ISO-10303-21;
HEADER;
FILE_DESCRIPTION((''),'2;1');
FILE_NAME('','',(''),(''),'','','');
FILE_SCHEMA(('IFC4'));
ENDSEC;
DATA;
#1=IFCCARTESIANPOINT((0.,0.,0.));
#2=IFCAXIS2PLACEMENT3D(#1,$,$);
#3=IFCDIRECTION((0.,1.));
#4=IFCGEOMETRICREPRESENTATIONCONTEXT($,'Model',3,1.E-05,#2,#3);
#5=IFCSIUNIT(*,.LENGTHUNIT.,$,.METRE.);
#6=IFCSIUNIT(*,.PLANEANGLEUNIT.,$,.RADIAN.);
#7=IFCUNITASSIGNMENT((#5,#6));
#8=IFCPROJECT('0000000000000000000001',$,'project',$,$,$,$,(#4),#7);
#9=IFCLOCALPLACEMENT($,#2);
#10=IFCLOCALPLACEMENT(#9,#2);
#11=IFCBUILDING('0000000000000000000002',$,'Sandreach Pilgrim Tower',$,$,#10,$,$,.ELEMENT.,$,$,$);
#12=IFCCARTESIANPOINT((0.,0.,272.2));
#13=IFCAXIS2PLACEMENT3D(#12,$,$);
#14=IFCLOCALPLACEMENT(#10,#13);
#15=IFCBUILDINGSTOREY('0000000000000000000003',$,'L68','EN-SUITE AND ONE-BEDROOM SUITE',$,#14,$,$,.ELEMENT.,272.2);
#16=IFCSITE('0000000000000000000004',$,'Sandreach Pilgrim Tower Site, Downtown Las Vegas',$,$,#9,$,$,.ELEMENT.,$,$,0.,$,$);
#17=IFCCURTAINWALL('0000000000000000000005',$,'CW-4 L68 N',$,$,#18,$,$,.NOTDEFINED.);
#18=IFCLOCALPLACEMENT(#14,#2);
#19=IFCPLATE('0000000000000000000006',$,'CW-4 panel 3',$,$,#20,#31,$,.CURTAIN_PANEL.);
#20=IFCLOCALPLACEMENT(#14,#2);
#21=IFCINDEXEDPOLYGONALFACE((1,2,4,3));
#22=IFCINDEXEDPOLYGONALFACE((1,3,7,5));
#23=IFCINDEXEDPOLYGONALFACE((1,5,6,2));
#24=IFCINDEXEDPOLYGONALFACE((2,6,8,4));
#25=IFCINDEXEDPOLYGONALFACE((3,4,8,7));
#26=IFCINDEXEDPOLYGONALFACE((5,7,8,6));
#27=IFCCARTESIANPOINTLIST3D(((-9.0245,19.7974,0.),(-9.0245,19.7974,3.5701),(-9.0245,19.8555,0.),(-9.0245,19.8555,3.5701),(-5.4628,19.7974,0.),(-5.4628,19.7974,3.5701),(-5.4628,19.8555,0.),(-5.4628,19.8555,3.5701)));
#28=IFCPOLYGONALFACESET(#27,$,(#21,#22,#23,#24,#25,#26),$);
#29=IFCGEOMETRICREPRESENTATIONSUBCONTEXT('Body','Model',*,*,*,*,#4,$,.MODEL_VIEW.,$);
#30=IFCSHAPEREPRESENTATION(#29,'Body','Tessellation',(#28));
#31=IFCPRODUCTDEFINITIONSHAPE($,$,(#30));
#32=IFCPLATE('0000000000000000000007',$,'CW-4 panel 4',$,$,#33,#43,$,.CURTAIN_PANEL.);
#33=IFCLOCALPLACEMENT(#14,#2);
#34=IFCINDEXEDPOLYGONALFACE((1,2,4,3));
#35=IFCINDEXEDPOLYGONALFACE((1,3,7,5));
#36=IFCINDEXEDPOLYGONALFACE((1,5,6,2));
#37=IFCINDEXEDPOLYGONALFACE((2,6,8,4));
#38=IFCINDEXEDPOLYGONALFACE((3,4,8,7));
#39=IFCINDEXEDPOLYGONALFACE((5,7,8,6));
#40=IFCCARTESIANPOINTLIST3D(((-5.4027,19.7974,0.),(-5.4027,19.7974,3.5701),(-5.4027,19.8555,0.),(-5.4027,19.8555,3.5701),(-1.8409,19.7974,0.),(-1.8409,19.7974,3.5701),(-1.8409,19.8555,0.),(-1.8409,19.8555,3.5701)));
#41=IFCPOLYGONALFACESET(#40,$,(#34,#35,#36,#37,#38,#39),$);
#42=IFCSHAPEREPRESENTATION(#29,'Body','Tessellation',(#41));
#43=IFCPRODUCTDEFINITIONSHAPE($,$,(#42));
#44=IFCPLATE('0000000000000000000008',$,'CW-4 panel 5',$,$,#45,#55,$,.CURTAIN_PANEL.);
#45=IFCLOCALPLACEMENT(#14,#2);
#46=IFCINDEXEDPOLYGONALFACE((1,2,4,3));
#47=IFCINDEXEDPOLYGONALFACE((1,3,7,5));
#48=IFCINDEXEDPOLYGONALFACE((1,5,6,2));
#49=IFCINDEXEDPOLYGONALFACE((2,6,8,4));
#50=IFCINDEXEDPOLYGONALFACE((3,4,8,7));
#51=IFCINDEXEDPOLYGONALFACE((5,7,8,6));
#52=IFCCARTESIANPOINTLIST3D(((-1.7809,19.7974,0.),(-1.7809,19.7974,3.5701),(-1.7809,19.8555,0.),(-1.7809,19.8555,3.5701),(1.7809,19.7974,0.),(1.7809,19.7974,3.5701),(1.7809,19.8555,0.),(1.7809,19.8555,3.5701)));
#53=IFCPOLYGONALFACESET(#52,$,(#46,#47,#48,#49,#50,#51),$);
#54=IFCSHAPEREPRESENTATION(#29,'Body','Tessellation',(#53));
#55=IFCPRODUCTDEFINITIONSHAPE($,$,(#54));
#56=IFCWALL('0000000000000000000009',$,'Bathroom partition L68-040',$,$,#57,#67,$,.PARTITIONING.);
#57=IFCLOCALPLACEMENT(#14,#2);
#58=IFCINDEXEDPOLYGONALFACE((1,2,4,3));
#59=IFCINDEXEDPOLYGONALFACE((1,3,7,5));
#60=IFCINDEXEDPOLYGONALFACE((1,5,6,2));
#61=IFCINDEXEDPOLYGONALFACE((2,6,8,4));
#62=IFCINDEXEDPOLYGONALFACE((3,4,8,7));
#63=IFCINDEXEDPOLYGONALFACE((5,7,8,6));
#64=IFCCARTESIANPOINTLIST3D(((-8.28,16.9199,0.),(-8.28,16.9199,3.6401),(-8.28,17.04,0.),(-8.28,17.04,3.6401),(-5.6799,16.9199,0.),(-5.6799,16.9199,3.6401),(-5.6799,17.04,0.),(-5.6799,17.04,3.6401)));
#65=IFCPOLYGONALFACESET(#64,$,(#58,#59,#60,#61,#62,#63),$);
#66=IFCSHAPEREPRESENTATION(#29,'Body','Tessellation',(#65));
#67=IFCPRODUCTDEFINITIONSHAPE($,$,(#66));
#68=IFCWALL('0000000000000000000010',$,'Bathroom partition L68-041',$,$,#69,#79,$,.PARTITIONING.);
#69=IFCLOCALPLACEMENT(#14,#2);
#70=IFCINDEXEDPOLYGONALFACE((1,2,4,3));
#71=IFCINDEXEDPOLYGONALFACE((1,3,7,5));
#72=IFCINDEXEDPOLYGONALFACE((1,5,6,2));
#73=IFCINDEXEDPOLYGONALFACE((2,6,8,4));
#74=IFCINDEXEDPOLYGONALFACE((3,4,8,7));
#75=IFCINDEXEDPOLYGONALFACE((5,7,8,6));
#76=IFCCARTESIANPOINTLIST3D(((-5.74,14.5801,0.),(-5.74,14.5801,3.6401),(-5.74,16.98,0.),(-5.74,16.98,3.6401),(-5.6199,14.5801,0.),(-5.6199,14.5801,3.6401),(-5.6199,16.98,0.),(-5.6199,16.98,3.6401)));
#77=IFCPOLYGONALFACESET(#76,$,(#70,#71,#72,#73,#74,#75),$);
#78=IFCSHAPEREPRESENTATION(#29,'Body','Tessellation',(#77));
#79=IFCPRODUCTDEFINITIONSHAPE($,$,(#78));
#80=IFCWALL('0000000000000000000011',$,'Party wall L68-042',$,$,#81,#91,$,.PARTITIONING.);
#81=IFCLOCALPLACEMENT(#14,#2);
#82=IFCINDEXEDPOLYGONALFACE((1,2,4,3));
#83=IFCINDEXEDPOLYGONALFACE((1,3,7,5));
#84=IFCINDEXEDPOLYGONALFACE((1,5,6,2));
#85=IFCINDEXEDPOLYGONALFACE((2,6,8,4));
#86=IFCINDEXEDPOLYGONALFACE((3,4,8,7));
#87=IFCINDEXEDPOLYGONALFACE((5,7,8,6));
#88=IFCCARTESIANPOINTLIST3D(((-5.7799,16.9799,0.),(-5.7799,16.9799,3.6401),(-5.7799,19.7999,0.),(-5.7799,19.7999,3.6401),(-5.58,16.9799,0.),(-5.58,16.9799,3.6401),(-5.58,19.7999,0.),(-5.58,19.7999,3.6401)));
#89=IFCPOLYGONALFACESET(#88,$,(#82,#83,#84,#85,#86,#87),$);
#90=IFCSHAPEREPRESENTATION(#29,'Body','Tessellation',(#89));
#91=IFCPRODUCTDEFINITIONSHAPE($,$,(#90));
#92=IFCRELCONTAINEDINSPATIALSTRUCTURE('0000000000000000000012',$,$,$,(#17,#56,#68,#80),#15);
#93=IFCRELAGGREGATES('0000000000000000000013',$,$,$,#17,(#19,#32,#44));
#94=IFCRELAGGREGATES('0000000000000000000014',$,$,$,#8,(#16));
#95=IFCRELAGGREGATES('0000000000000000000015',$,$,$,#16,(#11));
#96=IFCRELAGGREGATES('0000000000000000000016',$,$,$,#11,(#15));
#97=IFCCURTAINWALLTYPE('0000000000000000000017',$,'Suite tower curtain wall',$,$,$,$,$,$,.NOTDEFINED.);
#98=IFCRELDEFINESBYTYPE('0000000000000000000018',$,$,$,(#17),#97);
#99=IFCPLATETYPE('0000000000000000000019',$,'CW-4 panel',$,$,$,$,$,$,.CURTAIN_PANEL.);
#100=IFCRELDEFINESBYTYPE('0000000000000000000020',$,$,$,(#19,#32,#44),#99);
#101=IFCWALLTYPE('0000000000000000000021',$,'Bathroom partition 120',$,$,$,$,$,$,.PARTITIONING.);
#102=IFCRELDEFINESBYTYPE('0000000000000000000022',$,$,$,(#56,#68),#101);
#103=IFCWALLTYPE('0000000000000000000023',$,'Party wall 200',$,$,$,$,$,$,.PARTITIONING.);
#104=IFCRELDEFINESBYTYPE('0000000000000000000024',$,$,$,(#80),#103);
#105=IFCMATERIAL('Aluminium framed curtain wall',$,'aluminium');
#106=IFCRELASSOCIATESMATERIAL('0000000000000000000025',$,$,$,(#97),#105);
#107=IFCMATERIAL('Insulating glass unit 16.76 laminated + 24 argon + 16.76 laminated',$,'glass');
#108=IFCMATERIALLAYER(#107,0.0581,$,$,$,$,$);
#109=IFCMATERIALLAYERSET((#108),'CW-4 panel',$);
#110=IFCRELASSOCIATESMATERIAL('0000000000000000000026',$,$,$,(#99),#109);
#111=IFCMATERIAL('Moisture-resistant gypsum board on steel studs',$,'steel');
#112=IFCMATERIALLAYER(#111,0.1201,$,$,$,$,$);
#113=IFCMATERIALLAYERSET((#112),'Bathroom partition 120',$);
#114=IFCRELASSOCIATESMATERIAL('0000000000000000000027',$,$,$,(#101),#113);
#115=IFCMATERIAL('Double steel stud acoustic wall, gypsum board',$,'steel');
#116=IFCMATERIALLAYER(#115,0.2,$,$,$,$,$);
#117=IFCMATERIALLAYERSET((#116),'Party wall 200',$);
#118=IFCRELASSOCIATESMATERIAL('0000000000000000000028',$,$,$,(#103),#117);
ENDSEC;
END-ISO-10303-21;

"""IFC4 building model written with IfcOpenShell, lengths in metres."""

from ifc_helpers import new_model, si_unit, direction, frame, frame_2d, origin, origin_2d, place, context, subcontext, project, spatial, rectangle, extrude, material, layer, layer_set, type_object, element, aggregate, save


model = new_model("IFC4")

# Units and contexts
model_context = context("Model", 3, precision=1e-05, world=origin(), true_north=direction((0.0, 1.0)))
body_context = subcontext(model_context, "Body", "Model", "MODEL_VIEW")
ifc_project = project(units=[si_unit("LENGTHUNIT", "METRE"), si_unit("PLANEANGLEUNIT", "RADIAN")], contexts=[model_context])

# Site, building, storey
site_placement = place(None, origin())
site = spatial("IfcSite", under=ifc_project, at=site_placement, Name="Sandreach Pilgrim Tower Site, Downtown Las Vegas", CompositionType="ELEMENT", RefElevation=0.0)
building_placement = place(site_placement, origin())
building = spatial("IfcBuilding", under=site, at=building_placement, Name="Sandreach Pilgrim Tower", CompositionType="ELEMENT")
storey_placement = place(building_placement, frame((0.0, 0.0, 272.2)))
storey = spatial("IfcBuildingStorey", under=building, at=storey_placement, Name="L68", Description="EN-SUITE AND ONE-BEDROOM SUITE", CompositionType="ELEMENT", Elevation=272.2)

# Curtain wall
ifc_material_1 = material(Name="Aluminium framed curtain wall", Category="aluminium")
curtain_wall_type = type_object("IfcCurtainWallType", Name="Suite tower curtain wall", PredefinedType="NOTDEFINED", material=ifc_material_1)
curtain_wall_placement = place(storey_placement, origin())
curtain_wall = element("IfcCurtainWall", 1, at=curtain_wall_placement, inside=storey, type_object=curtain_wall_type, Name="CW-4 L68 N", PredefinedType="NOTDEFINED")

# Plates
ifc_material_2 = material(Name="Insulating glass unit 16.76 laminated + 24 argon + 16.76 laminated", Category="glass")
ifc_layer_1 = layer(ifc_material_2, 0.0581)
ifc_layer_set_1 = layer_set([ifc_layer_1], Name="CW-4 panel")
plate_type = type_object("IfcPlateType", Name="CW-4 panel", PredefinedType="CURTAIN_PANEL", material=ifc_layer_set_1)
plate_1_placement = place(storey_placement, frame((-7.2437, 19.8264, 0.0), z_axis=(0.0, 0.0, 1.0), x_axis=(1.0, 0.0, 0.0)))
plate_1 = element("IfcPlate", 2, at=plate_1_placement, type_object=plate_type, Name="CW-4 panel 3", PredefinedType="CURTAIN_PANEL", context=body_context, shape_type="SweptSolid", body=[
    extrude(rectangle(XDim=3.5618, YDim=0.0581, at=origin_2d()), origin(), (0.0, 0.0, 1.0), 3.5701),
])
plate_2_placement = place(storey_placement, frame((-3.6218, 19.8264, 0.0), z_axis=(0.0, 0.0, 1.0), x_axis=(1.0, 0.0, 0.0)))
plate_2 = element("IfcPlate", 3, at=plate_2_placement, type_object=plate_type, Name="CW-4 panel 4", PredefinedType="CURTAIN_PANEL", context=body_context, shape_type="SweptSolid", body=[
    extrude(rectangle(XDim=3.5618, YDim=0.0581, at=origin_2d()), origin(), (0.0, 0.0, 1.0), 3.5701),
])
plate_3_placement = place(storey_placement, frame((0.0, 19.8264, 0.0), z_axis=(0.0, 0.0, 1.0), x_axis=(1.0, 0.0, 0.0)))
plate_3 = element("IfcPlate", 4, at=plate_3_placement, type_object=plate_type, Name="CW-4 panel 5", PredefinedType="CURTAIN_PANEL", context=body_context, shape_type="SweptSolid", body=[
    extrude(rectangle(XDim=3.5618, YDim=0.0581, at=origin_2d()), origin(), (0.0, 0.0, 1.0), 3.5701),
])
aggregate(curtain_wall, [plate_1, plate_2, plate_3])

# Walls
ifc_material_3 = material(Name="Moisture-resistant gypsum board on steel studs", Category="steel")
ifc_layer_2 = layer(ifc_material_3, 0.1201)
ifc_layer_set_2 = layer_set([ifc_layer_2], Name="Bathroom partition 120")
wall_type_1 = type_object("IfcWallType", Name="Bathroom partition 120", PredefinedType="PARTITIONING", material=ifc_layer_set_2)
wall_1_placement = place(storey_placement, frame((-5.6799, 16.98, 0.0), z_axis=(0.0, 0.0, 1.0), x_axis=(-1.0, 0.0, 0.0)))
element("IfcWall", 5, at=wall_1_placement, inside=storey, type_object=wall_type_1, Name="Bathroom partition L68-040", PredefinedType="PARTITIONING", context=body_context, shape_type="SweptSolid", body=[
    extrude(rectangle(XDim=2.6001, YDim=0.1201, at=frame_2d((1.3, 0.0))), origin(), (0.0, 0.0, 1.0), 3.6401),
])
wall_2_placement = place(storey_placement, frame((-5.6799, 16.98, 0.0), z_axis=(0.0, 0.0, 1.0), x_axis=(0.0, -1.0, 0.0)))
element("IfcWall", 6, at=wall_2_placement, inside=storey, type_object=wall_type_1, Name="Bathroom partition L68-041", PredefinedType="PARTITIONING", context=body_context, shape_type="SweptSolid", body=[
    extrude(rectangle(XDim=2.3999, YDim=0.1201, at=frame_2d((1.2, 0.0))), origin(), (0.0, 0.0, 1.0), 3.6401),
])
ifc_material_4 = material(Name="Double steel stud acoustic wall, gypsum board", Category="steel")
ifc_layer_3 = layer(ifc_material_4, 0.2)
ifc_layer_set_3 = layer_set([ifc_layer_3], Name="Party wall 200")
wall_type_2 = type_object("IfcWallType", Name="Party wall 200", PredefinedType="PARTITIONING", material=ifc_layer_set_3)
wall_3_placement = place(storey_placement, frame((-5.6799, 19.8, 0.0), z_axis=(0.0, 0.0, 1.0), x_axis=(0.0, -1.0, 0.0)))
element("IfcWall", 7, at=wall_3_placement, inside=storey, type_object=wall_type_2, Name="Party wall L68-042", PredefinedType="PARTITIONING", context=body_context, shape_type="SweptSolid", body=[
    extrude(rectangle(XDim=2.8201, YDim=0.2, at=frame_2d((1.4102, 0.0))), origin(), (0.0, 0.0, 1.0), 3.6401),
])

save(model, "model.ifc")
